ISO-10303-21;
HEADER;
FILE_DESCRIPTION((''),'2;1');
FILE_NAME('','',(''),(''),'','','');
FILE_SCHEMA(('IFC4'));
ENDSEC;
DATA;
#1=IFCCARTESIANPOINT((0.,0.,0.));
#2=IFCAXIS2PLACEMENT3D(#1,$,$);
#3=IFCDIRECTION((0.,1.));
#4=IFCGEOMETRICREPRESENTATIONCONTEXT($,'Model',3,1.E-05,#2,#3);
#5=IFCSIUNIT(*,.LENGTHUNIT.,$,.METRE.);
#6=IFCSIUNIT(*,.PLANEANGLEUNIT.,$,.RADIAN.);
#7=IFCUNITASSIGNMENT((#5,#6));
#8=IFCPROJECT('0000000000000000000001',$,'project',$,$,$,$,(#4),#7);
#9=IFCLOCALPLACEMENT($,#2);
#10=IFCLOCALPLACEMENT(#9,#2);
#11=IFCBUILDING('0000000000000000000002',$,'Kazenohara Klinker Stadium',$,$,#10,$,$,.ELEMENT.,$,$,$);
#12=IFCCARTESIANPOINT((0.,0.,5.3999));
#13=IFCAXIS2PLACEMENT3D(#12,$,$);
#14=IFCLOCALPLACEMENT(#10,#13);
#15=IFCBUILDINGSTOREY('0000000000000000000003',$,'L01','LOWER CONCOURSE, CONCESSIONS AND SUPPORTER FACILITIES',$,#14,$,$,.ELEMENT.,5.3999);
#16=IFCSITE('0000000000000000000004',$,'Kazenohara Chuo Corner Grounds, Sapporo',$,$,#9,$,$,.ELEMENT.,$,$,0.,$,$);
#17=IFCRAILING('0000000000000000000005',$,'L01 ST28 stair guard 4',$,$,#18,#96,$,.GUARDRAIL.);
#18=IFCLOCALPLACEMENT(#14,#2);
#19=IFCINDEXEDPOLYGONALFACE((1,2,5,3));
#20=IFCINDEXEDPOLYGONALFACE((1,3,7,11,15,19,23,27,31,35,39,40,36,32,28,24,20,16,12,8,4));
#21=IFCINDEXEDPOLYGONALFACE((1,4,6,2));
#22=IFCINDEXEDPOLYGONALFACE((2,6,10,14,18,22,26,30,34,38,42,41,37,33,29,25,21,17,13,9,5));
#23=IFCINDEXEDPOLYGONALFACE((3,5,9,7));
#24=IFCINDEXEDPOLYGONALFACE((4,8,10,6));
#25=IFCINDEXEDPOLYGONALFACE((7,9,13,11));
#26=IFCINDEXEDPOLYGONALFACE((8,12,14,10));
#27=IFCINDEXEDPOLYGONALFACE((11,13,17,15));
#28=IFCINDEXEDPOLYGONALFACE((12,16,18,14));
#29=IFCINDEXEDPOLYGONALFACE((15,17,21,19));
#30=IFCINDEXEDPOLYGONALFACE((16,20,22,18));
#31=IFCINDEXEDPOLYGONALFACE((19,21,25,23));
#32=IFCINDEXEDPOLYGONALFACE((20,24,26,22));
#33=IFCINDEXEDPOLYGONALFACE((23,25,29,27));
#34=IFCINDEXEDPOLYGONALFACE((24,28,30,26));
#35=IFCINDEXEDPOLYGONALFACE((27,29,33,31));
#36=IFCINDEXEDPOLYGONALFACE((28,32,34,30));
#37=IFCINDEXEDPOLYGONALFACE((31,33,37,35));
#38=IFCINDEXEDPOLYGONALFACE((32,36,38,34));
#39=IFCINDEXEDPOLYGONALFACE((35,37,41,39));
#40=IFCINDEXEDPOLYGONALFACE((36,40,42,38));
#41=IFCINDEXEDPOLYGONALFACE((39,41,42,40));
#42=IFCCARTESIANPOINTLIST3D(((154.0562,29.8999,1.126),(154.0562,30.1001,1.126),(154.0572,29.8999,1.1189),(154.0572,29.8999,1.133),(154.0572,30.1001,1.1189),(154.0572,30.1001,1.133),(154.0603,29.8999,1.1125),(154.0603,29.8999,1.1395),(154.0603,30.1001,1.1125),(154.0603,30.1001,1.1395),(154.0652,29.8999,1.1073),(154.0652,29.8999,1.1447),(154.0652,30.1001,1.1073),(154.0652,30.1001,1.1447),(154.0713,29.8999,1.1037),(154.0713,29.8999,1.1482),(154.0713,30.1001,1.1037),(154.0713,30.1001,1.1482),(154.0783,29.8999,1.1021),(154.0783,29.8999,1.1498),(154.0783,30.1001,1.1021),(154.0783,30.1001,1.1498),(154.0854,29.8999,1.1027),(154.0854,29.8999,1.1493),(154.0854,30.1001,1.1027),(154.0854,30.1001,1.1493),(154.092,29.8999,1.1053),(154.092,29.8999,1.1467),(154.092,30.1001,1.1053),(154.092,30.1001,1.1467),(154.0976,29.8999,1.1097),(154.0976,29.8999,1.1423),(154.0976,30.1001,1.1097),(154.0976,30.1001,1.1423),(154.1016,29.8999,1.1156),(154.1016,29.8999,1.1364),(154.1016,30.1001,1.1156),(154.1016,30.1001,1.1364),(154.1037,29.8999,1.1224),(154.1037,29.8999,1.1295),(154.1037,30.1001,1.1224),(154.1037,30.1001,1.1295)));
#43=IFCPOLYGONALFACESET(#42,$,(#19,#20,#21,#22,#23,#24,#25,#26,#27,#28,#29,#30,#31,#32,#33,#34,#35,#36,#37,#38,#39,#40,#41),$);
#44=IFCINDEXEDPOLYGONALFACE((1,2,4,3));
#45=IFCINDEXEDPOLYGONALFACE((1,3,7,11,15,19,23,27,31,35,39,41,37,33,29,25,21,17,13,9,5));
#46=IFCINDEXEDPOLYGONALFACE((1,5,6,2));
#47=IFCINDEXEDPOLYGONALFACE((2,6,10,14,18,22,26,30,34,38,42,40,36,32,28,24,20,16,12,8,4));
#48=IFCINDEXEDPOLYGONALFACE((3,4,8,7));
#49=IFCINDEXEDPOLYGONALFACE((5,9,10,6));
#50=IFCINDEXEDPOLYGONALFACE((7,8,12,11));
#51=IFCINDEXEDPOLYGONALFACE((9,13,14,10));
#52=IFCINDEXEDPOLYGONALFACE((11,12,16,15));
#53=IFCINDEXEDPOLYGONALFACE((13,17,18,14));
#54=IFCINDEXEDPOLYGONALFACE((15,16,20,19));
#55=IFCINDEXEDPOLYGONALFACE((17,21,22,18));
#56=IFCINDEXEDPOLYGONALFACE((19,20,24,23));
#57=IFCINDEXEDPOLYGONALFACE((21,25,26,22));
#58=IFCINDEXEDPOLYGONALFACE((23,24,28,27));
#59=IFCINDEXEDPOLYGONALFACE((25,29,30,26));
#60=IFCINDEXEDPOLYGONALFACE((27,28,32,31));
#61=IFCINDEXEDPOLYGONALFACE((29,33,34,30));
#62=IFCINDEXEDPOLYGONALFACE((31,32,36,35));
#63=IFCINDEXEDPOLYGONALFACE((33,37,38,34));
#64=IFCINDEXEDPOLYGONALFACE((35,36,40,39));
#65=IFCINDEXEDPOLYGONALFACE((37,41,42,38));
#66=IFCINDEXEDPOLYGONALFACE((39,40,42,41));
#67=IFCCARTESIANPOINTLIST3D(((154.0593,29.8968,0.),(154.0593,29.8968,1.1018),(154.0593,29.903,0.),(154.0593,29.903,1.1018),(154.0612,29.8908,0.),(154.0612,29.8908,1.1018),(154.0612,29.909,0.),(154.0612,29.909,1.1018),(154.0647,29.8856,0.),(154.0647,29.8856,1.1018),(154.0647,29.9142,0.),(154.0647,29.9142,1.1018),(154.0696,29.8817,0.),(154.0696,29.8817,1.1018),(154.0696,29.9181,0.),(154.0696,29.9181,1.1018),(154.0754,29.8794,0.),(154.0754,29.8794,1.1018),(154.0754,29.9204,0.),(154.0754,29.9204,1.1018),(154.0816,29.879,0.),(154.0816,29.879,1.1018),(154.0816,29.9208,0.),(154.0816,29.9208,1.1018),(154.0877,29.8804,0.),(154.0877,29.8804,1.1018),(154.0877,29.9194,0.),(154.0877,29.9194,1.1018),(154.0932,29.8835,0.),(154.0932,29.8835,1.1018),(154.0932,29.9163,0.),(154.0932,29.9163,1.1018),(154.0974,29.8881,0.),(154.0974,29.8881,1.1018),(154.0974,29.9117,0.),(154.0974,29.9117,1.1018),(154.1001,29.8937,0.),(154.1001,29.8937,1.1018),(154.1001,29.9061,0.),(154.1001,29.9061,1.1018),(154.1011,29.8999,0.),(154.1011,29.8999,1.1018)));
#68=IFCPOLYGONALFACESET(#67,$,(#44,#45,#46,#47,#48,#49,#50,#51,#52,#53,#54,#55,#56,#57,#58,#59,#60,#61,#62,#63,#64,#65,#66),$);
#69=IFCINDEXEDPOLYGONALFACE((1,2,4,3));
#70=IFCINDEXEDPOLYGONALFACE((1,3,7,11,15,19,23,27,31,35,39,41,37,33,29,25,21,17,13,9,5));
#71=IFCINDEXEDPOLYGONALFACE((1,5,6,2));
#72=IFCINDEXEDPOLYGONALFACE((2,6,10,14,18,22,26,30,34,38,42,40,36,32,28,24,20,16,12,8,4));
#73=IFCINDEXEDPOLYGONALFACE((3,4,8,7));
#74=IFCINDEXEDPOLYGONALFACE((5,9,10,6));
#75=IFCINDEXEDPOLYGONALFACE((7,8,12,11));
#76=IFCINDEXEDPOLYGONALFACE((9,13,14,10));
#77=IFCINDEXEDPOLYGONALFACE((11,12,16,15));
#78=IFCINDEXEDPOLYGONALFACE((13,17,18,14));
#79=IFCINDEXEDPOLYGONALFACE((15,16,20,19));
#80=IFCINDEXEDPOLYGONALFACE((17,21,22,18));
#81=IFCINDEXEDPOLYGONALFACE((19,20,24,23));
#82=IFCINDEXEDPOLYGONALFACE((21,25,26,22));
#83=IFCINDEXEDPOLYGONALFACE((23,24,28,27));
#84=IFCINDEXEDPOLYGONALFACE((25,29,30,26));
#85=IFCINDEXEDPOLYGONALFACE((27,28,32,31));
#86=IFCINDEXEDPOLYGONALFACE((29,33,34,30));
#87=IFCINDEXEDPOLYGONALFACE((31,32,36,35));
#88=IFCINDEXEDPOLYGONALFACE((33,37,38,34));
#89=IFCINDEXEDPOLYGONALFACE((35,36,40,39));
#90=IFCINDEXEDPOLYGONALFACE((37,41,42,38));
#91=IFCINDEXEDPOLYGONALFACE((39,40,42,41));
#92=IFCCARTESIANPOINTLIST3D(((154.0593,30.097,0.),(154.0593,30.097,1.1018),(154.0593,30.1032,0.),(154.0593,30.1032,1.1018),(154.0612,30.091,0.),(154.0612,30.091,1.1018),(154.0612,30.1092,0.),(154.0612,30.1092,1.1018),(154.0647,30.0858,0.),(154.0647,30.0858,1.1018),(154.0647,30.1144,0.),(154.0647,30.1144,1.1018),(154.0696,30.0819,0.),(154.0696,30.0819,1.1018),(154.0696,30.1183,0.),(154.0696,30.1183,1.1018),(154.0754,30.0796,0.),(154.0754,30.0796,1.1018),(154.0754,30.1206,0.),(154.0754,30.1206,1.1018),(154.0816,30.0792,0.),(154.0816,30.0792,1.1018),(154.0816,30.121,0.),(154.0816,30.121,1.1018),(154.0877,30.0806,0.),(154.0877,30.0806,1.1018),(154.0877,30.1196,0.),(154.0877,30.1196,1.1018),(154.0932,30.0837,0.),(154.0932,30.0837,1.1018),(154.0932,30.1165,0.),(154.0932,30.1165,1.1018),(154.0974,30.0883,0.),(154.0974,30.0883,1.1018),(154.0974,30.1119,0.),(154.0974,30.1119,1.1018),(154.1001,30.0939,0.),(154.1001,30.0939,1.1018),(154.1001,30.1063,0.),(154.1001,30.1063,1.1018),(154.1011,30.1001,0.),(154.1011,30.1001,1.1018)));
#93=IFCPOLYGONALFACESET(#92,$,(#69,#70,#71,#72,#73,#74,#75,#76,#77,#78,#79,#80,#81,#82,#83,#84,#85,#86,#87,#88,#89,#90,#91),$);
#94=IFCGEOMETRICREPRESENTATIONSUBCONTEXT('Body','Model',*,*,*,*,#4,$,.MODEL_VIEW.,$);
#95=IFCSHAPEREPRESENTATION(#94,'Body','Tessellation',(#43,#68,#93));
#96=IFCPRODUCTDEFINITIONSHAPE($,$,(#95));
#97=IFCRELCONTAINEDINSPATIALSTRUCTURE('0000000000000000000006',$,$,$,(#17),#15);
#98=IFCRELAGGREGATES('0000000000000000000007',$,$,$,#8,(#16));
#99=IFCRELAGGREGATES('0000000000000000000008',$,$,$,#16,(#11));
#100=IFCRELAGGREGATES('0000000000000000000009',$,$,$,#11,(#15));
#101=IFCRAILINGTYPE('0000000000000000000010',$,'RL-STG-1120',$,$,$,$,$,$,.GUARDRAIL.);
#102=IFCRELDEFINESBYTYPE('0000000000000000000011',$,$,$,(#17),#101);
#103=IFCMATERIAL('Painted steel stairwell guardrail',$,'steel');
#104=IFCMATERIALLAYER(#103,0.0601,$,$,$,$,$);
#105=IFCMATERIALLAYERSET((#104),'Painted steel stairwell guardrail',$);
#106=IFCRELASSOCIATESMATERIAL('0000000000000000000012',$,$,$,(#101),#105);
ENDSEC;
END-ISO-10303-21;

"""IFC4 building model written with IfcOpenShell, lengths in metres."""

from ifc_helpers import new_model, si_unit, direction, frame, origin, origin_2d, place, context, subcontext, project, spatial, circle, extrude, material, layer, layer_set, type_object, element, save


model = new_model("IFC4")

# Units and contexts
model_context = context("Model", 3, precision=1e-05, world=origin(), true_north=direction((0.0, 1.0)))
body_context = subcontext(model_context, "Body", "Model", "MODEL_VIEW")
ifc_project = project(units=[si_unit("LENGTHUNIT", "METRE"), si_unit("PLANEANGLEUNIT", "RADIAN")], contexts=[model_context])

# Site, building, storey
site_placement = place(None, origin())
site = spatial("IfcSite", under=ifc_project, at=site_placement, Name="Kazenohara Chuo Corner Grounds, Sapporo", CompositionType="ELEMENT", RefElevation=0.0)
building_placement = place(site_placement, origin())
building = spatial("IfcBuilding", under=site, at=building_placement, Name="Kazenohara Klinker Stadium", CompositionType="ELEMENT")
storey_placement = place(building_placement, frame((0.0, 0.0, 5.3999)))
storey = spatial("IfcBuildingStorey", under=building, at=storey_placement, Name="L01", Description="LOWER CONCOURSE, CONCESSIONS AND SUPPORTER FACILITIES", CompositionType="ELEMENT", Elevation=5.3999)

# Railing
ifc_material_1 = material(Name="Painted steel stairwell guardrail", Category="steel")
ifc_layer_1 = layer(ifc_material_1, 0.0601)
ifc_layer_set_1 = layer_set([ifc_layer_1], Name="Painted steel stairwell guardrail")
railing_type_1 = type_object("IfcRailingType", Name="RL-STG-1120", PredefinedType="GUARDRAIL", material=ifc_layer_set_1)
railing_1_placement = place(storey_placement, frame((154.0801, 29.8999, 0.0)))
element("IfcRailing", 1, at=railing_1_placement, inside=storey, type_object=railing_type_1, Name="L01 ST28 stair guard 4", PredefinedType="GUARDRAIL", context=body_context, shape_type="SweptSolid", body=[
    extrude(circle(Radius=0.0239, at=origin_2d()), frame((0.0, 0.0, 1.126), z_axis=(0.0, 1.0, 0.0), x_axis=(-1.0, 0.0, 0.0)), (0.0, 0.0, 1.0), 0.2002),
    extrude(circle(Radius=0.021, at=origin_2d()), origin(), (0.0, 0.0, 1.0), 1.1018),
    extrude(circle(Radius=0.021, at=origin_2d()), frame((0.0, 0.2002, 0.0)), (0.0, 0.0, 1.0), 1.1018),
])

save(model, "model.ifc")
